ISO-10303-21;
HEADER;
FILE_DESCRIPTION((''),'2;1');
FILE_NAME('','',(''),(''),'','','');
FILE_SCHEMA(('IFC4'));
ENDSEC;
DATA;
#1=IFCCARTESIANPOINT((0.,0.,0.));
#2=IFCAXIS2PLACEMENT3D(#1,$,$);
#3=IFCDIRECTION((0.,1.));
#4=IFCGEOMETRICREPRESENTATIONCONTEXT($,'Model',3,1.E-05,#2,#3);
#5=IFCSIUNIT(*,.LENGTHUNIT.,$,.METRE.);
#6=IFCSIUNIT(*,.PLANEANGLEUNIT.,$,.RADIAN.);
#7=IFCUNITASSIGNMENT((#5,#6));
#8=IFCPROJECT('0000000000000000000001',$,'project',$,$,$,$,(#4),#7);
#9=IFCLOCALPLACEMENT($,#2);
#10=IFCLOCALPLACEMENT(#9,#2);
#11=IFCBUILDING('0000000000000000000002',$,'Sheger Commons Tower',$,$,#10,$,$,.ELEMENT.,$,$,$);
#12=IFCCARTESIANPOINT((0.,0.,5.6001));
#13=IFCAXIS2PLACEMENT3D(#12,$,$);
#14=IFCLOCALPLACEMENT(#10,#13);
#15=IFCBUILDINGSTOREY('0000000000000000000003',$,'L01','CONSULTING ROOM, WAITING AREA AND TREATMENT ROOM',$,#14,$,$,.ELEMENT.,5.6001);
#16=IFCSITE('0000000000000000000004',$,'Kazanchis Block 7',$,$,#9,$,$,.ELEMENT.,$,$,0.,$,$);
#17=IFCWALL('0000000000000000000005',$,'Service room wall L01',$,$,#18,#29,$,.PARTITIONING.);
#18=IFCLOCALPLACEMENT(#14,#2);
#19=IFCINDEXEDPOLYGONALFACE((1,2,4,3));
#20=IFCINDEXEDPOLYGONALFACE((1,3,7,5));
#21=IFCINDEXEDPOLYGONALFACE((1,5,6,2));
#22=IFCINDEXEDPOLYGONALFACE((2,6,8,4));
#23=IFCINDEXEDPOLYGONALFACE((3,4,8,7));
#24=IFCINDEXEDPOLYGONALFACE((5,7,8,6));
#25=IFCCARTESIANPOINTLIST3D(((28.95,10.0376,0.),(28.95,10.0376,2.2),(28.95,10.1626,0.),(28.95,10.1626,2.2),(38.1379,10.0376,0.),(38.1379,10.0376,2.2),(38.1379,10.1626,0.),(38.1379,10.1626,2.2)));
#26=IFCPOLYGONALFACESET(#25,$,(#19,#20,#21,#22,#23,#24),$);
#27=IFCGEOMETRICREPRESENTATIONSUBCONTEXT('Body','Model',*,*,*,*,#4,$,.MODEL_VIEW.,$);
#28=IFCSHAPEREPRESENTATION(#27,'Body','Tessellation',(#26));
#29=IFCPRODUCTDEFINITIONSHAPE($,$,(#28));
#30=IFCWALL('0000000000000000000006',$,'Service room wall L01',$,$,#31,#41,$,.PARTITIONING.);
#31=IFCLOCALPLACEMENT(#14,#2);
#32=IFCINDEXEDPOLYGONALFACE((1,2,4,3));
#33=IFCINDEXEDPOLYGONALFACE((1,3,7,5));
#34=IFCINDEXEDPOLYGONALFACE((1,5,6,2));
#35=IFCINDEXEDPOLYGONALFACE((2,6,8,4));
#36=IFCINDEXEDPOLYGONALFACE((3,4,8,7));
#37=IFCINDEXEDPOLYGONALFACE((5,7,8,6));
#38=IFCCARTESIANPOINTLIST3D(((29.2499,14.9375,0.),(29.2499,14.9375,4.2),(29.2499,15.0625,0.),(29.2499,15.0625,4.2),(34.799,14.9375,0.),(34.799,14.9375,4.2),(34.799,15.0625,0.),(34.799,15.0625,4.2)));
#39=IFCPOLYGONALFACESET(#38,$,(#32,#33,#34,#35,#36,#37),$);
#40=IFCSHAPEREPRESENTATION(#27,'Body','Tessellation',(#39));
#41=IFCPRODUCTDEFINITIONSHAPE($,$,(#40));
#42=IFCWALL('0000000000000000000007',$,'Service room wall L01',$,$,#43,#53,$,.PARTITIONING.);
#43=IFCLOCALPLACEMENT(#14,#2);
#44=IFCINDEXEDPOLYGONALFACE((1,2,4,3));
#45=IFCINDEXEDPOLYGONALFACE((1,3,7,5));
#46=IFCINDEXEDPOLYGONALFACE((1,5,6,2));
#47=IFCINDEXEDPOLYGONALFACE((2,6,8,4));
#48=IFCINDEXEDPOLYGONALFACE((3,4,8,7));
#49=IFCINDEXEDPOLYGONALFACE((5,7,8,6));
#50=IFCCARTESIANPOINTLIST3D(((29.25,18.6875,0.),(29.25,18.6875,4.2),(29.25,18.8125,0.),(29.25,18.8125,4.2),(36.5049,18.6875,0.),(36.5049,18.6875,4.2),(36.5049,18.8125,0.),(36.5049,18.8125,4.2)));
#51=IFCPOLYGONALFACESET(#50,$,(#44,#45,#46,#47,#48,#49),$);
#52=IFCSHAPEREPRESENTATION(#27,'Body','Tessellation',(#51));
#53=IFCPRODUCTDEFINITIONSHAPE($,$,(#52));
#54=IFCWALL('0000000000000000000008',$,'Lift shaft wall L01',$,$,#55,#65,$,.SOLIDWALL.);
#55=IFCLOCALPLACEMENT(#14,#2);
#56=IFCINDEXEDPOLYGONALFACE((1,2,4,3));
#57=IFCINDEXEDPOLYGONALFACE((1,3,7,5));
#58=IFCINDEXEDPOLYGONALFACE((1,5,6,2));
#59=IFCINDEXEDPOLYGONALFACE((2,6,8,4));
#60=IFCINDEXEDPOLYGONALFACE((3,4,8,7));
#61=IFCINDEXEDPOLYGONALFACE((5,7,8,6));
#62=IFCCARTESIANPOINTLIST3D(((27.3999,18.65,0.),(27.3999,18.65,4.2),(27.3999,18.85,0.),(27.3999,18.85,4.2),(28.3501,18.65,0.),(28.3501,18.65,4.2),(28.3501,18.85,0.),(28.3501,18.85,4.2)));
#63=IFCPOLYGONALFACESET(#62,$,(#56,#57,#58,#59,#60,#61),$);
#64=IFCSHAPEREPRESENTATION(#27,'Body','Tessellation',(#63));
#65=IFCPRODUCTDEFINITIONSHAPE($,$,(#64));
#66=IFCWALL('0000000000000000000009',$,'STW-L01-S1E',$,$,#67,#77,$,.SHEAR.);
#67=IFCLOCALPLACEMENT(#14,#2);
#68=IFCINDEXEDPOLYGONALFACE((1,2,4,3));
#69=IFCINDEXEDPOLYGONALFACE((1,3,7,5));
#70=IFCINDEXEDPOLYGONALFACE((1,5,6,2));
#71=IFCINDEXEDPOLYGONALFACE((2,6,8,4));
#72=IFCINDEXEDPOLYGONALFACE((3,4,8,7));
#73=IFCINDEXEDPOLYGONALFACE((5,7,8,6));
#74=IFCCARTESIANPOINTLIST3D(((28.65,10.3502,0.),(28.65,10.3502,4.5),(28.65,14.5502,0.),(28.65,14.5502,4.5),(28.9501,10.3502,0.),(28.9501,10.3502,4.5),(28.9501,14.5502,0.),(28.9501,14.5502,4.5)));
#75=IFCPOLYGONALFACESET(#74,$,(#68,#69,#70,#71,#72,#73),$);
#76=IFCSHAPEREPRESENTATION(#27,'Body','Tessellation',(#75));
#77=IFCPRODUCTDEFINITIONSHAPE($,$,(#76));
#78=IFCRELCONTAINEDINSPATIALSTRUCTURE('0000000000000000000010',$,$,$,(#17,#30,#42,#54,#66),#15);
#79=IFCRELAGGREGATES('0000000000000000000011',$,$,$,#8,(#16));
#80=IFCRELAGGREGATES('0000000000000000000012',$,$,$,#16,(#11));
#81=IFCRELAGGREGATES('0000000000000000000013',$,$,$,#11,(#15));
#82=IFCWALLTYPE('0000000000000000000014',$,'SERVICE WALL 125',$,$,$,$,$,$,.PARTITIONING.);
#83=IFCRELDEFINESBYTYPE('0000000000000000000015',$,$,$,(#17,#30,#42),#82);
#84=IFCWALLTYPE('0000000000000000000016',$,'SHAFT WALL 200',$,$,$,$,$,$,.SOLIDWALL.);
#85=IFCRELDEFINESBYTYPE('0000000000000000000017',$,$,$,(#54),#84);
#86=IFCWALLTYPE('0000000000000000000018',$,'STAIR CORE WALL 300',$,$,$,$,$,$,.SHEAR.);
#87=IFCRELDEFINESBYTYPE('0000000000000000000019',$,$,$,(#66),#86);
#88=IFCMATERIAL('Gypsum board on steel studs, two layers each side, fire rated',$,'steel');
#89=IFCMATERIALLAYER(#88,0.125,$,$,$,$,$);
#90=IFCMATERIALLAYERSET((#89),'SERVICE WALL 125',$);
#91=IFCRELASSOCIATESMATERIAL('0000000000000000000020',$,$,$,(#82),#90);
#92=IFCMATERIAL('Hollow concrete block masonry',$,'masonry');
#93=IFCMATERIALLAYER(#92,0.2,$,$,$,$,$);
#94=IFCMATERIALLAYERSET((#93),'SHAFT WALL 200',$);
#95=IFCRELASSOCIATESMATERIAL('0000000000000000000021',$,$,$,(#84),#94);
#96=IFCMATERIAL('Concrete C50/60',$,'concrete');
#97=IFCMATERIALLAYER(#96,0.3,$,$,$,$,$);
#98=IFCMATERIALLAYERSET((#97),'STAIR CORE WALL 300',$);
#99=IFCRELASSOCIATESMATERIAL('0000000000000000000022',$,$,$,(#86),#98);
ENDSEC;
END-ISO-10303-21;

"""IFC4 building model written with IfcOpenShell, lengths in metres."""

from ifc_helpers import new_model, si_unit, direction, frame, frame_2d, origin, place, context, subcontext, project, spatial, rectangle, extrude, material, layer, layer_set, type_object, element, save


model = new_model("IFC4")

# Units and contexts
model_context = context("Model", 3, precision=1e-05, world=origin(), true_north=direction((0.0, 1.0)))
body_context = subcontext(model_context, "Body", "Model", "MODEL_VIEW")
ifc_project = project(units=[si_unit("LENGTHUNIT", "METRE"), si_unit("PLANEANGLEUNIT", "RADIAN")], contexts=[model_context])

# Site, building, storey
site_placement = place(None, origin())
site = spatial("IfcSite", under=ifc_project, at=site_placement, Name="Kazanchis Block 7", CompositionType="ELEMENT", RefElevation=0.0)
building_placement = place(site_placement, origin())
building = spatial("IfcBuilding", under=site, at=building_placement, Name="Sheger Commons Tower", CompositionType="ELEMENT")
storey_placement = place(building_placement, frame((0.0, 0.0, 5.6001)))
storey = spatial("IfcBuildingStorey", under=building, at=storey_placement, Name="L01", Description="CONSULTING ROOM, WAITING AREA AND TREATMENT ROOM", CompositionType="ELEMENT", Elevation=5.6001)

# Walls
ifc_material_1 = material(Name="Gypsum board on steel studs, two layers each side, fire rated", Category="steel")
ifc_layer_1 = layer(ifc_material_1, 0.125)
ifc_layer_set_1 = layer_set([ifc_layer_1], Name="SERVICE WALL 125")
wall_type_1 = type_object("IfcWallType", Name="SERVICE WALL 125", PredefinedType="PARTITIONING", material=ifc_layer_set_1)
wall_1_placement = place(storey_placement, frame((28.95, 10.1001, 0.0), z_axis=(0.0, 0.0, 1.0), x_axis=(1.0, 0.0, 0.0)))
element("IfcWall", 1, at=wall_1_placement, inside=storey, type_object=wall_type_1, Name="Service room wall L01", PredefinedType="PARTITIONING", context=body_context, shape_type="SweptSolid", body=[
    extrude(rectangle(XDim=9.188, YDim=0.125, at=frame_2d((4.594, 0.0))), origin(), (0.0, 0.0, 1.0), 2.2),
])
wall_2_placement = place(storey_placement, frame((29.25, 15.0, 0.0), z_axis=(0.0, 0.0, 1.0), x_axis=(1.0, 0.0, 0.0)))
element("IfcWall", 2, at=wall_2_placement, inside=storey, type_object=wall_type_1, Name="Service room wall L01", PredefinedType="PARTITIONING", context=body_context, shape_type="SweptSolid", body=[
    extrude(rectangle(XDim=5.5491, YDim=0.125, at=frame_2d((2.7744, 0.0))), origin(), (0.0, 0.0, 1.0), 4.2),
])
wall_3_placement = place(storey_placement, frame((29.25, 18.75, 0.0), z_axis=(0.0, 0.0, 1.0), x_axis=(1.0, 0.0, 0.0)))
element("IfcWall", 3, at=wall_3_placement, inside=storey, type_object=wall_type_1, Name="Service room wall L01", PredefinedType="PARTITIONING", context=body_context, shape_type="SweptSolid", body=[
    extrude(rectangle(XDim=7.2549, YDim=0.125, at=frame_2d((3.6274, 0.0))), origin(), (0.0, 0.0, 1.0), 4.2),
])
ifc_material_2 = material(Name="Hollow concrete block masonry", Category="masonry")
ifc_layer_2 = layer(ifc_material_2, 0.2)
ifc_layer_set_2 = layer_set([ifc_layer_2], Name="SHAFT WALL 200")
wall_type_2 = type_object("IfcWallType", Name="SHAFT WALL 200", PredefinedType="SOLIDWALL", material=ifc_layer_set_2)
wall_4_placement = place(storey_placement, frame((27.3999, 18.75, 0.0), z_axis=(0.0, 0.0, 1.0), x_axis=(1.0, 0.0, 0.0)))
element("IfcWall", 4, at=wall_4_placement, inside=storey, type_object=wall_type_2, Name="Lift shaft wall L01", PredefinedType="SOLIDWALL", context=body_context, shape_type="SweptSolid", body=[
    extrude(rectangle(XDim=0.9502, YDim=0.2, at=frame_2d((0.4751, 0.0))), origin(), (0.0, 0.0, 1.0), 4.2),
])
ifc_material_3 = material(Name="Concrete C50/60", Category="concrete")
ifc_layer_3 = layer(ifc_material_3, 0.3)
ifc_layer_set_3 = layer_set([ifc_layer_3], Name="STAIR CORE WALL 300")
wall_type_3 = type_object("IfcWallType", Name="STAIR CORE WALL 300", PredefinedType="SHEAR", material=ifc_layer_set_3)
wall_5_placement = place(storey_placement, frame((28.8, 10.3501, 0.0), z_axis=(0.0, 0.0, 1.0), x_axis=(0.0, 1.0, 0.0)))
element("IfcWall", 5, at=wall_5_placement, inside=storey, type_object=wall_type_3, Name="STW-L01-S1E", PredefinedType="SHEAR", context=body_context, shape_type="SweptSolid", body=[
    extrude(rectangle(XDim=4.2, YDim=0.3, at=frame_2d((2.1001, 0.0))), origin(), (0.0, 0.0, 1.0), 4.5),
])

save(model, "model.ifc")
